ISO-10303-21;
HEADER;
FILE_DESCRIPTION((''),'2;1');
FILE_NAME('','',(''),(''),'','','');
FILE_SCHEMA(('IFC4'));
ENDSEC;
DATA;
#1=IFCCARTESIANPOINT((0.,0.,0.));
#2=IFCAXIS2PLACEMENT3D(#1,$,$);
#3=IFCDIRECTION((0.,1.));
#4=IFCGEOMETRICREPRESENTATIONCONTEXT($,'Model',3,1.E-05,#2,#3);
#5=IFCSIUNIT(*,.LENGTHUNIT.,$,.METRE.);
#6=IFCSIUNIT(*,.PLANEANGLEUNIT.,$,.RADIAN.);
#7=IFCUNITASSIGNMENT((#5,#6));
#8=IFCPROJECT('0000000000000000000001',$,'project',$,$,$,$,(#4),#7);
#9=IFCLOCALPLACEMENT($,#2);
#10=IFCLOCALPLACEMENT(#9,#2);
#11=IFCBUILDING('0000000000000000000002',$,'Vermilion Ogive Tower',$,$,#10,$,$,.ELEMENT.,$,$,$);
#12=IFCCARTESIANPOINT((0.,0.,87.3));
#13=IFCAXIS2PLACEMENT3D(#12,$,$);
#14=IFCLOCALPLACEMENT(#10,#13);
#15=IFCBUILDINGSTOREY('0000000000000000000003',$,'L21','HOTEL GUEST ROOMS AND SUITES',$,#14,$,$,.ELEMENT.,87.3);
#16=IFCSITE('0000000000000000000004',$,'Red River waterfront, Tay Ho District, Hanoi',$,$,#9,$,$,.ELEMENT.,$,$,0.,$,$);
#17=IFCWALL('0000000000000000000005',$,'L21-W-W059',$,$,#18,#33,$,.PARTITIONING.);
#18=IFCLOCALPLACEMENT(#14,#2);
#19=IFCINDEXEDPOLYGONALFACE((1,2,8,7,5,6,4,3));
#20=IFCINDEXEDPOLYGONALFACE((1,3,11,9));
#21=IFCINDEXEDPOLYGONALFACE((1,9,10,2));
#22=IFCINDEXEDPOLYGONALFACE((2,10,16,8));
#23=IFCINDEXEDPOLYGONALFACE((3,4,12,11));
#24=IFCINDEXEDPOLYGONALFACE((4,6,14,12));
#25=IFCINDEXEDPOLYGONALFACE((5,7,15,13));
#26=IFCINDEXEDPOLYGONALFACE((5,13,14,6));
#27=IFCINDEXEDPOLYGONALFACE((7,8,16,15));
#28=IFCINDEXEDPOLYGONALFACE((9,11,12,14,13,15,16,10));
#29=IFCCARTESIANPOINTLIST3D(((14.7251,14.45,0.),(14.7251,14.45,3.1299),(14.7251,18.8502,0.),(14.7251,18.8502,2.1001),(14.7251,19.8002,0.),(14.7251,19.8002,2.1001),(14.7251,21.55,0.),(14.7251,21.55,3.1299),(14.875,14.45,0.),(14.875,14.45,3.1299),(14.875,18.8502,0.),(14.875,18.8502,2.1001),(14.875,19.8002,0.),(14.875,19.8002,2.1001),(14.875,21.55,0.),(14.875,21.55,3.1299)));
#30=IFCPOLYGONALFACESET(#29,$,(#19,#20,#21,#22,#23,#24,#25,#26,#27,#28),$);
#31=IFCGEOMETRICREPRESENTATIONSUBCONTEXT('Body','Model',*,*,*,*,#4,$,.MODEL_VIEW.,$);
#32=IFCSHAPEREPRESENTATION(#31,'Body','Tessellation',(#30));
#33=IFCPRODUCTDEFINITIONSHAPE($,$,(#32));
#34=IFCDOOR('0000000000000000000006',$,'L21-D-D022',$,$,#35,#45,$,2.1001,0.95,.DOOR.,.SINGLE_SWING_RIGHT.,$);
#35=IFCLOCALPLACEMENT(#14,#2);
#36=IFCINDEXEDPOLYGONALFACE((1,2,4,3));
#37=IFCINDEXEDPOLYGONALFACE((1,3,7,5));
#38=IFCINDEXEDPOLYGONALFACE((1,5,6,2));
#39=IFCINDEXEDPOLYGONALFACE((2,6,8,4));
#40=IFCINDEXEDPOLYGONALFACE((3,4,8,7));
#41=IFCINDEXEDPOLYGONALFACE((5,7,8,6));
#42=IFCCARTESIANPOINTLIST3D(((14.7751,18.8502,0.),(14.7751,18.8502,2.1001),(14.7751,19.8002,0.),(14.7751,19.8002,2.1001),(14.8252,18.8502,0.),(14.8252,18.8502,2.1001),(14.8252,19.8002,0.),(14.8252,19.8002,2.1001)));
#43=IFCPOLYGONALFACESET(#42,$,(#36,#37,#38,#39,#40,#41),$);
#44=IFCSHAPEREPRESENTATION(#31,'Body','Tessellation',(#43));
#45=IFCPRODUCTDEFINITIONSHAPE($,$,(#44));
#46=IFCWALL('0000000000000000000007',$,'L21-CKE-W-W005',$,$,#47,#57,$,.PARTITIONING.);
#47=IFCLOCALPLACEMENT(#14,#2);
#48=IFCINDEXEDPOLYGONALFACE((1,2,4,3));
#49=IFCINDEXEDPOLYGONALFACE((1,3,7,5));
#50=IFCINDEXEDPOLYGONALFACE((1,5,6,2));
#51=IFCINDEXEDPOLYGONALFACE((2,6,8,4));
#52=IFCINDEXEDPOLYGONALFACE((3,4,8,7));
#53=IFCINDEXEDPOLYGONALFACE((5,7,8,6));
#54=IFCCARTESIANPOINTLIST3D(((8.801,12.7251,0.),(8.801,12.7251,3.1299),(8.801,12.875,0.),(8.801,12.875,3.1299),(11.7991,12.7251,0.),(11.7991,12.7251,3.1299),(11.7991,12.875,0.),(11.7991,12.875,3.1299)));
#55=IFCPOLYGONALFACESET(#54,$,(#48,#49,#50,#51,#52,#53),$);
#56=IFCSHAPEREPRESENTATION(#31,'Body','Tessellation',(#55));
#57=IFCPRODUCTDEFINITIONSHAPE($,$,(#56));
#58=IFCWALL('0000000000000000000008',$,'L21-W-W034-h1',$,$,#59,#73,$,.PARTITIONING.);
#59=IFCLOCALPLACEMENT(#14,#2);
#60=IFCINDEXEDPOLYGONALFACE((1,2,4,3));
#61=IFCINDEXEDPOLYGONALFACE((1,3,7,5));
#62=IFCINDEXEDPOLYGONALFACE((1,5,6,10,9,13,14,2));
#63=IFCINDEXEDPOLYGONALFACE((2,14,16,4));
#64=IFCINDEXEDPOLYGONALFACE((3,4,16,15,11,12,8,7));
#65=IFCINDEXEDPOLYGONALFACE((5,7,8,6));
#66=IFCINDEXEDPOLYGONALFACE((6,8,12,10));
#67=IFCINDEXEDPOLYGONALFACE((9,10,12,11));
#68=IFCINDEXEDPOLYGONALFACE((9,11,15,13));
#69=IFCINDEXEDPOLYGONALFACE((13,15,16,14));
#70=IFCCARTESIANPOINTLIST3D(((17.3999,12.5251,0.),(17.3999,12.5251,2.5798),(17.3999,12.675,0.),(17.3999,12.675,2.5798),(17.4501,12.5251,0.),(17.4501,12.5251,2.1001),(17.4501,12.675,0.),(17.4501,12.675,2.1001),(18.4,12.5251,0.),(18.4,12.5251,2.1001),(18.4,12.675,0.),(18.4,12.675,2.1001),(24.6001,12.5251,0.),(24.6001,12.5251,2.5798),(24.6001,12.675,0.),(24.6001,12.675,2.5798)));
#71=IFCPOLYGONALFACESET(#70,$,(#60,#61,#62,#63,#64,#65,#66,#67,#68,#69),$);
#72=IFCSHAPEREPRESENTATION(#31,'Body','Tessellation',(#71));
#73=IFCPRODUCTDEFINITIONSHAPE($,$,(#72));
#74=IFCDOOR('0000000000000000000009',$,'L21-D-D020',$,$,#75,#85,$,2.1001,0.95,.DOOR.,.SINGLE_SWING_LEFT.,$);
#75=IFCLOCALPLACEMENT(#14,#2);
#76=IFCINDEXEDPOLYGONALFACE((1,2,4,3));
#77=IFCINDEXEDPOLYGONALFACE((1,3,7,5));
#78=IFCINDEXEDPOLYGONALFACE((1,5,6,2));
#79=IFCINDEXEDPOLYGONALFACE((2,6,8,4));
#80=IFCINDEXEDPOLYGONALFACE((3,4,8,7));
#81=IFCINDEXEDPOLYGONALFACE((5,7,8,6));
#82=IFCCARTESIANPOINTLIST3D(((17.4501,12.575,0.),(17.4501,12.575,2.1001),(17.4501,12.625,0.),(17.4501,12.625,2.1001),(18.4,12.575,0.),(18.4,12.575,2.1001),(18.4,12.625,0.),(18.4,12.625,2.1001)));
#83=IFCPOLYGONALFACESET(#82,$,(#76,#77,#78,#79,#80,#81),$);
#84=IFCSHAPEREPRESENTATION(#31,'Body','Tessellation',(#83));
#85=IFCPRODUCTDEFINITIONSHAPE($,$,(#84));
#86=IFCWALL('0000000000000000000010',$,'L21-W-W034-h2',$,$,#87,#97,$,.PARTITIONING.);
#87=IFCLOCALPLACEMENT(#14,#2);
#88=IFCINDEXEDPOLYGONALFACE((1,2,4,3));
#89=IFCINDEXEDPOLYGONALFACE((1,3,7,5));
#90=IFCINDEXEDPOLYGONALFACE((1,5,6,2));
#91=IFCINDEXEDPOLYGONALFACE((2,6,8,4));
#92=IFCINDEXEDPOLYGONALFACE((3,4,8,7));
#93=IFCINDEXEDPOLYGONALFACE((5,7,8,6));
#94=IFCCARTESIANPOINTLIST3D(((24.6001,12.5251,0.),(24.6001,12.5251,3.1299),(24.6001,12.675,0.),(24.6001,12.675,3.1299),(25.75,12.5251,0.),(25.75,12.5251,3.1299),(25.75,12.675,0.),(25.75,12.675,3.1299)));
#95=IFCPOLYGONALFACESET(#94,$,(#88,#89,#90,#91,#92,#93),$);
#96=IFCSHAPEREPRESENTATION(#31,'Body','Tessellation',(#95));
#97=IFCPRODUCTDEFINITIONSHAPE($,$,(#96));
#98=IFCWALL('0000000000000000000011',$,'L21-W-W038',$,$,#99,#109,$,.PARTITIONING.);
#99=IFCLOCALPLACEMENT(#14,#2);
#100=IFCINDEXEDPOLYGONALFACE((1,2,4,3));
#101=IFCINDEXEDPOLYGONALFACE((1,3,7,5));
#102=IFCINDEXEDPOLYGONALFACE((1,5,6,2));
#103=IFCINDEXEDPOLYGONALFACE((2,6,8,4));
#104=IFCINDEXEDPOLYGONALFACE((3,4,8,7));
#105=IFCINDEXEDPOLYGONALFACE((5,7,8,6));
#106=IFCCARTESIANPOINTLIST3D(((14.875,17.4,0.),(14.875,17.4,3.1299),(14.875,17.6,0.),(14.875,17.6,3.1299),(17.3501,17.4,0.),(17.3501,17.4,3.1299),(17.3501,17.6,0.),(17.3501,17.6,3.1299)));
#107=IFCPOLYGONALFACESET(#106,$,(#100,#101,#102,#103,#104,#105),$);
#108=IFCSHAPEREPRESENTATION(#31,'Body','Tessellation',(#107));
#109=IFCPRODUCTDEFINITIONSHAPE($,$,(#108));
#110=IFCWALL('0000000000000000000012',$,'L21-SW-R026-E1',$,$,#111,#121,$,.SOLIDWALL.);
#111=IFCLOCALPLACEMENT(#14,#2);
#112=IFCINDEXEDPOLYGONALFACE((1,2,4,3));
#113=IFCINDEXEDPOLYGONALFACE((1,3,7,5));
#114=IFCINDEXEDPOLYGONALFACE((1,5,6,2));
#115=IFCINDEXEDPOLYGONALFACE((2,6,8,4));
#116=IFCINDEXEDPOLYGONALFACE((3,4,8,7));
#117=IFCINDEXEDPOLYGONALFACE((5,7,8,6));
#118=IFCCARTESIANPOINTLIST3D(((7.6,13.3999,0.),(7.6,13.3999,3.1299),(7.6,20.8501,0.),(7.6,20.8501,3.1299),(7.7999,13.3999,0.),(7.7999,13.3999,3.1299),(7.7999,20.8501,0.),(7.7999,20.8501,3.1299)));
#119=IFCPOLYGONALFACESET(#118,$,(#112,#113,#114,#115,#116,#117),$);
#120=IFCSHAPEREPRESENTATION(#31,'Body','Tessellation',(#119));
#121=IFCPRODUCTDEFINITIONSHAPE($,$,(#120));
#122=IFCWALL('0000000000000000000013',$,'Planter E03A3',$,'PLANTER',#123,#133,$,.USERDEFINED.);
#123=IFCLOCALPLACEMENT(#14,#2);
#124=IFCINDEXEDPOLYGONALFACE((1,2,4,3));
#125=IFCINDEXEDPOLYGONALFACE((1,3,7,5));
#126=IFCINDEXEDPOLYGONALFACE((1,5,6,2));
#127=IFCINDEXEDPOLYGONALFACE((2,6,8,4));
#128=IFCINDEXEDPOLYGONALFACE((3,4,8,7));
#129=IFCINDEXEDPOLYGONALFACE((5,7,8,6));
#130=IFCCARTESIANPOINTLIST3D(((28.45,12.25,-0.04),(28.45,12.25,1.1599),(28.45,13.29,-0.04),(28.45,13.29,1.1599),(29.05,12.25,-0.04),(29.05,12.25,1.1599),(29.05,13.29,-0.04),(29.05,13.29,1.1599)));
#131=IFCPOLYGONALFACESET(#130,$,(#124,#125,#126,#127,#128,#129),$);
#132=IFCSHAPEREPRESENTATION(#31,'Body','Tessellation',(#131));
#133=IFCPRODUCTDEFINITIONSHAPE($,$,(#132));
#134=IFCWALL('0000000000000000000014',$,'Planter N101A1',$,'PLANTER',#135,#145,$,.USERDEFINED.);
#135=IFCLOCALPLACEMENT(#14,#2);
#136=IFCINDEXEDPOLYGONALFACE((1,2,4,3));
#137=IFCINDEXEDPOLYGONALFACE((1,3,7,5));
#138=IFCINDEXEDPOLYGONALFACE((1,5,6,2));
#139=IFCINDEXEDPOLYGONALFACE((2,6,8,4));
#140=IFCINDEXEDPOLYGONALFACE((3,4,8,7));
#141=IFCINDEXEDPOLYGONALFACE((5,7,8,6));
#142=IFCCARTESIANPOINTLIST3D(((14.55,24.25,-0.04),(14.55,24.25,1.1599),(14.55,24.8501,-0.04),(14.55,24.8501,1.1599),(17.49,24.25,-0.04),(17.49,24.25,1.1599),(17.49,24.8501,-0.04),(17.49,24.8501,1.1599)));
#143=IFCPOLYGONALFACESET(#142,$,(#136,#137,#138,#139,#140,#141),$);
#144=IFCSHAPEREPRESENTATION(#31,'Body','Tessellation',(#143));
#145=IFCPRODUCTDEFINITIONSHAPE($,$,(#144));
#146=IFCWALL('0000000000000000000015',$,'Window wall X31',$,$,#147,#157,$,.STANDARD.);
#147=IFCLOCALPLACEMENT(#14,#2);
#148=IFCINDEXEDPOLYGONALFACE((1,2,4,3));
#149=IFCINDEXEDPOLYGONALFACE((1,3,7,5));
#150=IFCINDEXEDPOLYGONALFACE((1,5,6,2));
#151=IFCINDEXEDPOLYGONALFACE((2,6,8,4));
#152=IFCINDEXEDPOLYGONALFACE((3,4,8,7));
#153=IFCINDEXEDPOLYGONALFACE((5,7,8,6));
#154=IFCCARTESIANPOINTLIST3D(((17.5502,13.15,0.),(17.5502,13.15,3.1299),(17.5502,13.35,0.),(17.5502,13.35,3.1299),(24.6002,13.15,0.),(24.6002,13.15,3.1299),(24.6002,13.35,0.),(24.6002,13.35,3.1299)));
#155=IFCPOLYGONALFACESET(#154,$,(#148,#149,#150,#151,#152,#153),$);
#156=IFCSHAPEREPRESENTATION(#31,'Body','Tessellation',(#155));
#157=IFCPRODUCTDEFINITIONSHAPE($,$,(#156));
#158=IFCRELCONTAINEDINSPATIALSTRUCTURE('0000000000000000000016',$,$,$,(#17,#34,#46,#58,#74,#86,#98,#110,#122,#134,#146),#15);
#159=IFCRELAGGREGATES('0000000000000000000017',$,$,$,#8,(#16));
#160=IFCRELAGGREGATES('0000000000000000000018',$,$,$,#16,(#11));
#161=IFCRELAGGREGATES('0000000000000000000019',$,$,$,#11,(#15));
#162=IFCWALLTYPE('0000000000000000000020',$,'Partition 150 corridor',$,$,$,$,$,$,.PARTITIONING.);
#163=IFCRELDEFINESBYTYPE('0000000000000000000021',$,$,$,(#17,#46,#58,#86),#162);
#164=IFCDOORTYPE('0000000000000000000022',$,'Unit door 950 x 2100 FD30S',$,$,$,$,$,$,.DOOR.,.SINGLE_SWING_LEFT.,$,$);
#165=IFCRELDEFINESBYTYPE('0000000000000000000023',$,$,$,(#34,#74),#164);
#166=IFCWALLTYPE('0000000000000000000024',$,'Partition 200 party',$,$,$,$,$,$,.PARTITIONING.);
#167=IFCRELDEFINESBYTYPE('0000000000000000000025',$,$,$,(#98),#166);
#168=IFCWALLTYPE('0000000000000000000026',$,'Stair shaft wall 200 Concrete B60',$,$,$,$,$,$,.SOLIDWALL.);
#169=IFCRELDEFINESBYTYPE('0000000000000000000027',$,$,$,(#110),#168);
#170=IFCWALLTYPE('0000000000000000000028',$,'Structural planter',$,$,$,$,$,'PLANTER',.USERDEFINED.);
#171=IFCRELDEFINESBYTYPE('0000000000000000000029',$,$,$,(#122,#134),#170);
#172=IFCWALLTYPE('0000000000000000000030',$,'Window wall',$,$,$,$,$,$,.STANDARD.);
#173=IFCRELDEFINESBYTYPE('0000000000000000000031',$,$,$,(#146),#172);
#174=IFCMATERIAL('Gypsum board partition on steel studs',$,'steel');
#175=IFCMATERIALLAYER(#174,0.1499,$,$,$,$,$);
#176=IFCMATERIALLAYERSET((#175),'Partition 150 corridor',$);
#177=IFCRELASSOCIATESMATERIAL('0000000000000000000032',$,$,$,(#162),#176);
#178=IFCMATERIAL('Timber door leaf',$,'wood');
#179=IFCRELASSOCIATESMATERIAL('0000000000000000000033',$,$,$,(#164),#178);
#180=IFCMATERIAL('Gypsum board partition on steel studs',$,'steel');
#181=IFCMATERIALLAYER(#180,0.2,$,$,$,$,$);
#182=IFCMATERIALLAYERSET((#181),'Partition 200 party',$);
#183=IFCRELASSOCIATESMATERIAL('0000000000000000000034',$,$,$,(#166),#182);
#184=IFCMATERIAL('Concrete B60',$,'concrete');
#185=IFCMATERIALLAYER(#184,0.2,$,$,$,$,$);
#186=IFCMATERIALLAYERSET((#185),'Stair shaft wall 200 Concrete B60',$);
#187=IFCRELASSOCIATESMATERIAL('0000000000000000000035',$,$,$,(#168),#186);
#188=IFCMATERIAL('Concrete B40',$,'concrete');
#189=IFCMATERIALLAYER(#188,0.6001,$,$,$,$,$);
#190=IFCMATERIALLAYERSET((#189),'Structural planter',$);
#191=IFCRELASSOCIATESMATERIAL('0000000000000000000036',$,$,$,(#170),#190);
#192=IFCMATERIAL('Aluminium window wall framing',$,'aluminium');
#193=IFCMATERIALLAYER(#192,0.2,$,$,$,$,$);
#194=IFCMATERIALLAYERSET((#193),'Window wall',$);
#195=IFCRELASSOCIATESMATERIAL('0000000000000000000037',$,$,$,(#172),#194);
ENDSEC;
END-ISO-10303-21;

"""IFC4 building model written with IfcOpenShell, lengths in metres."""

from ifc_helpers import new_model, si_unit, direction, frame, frame_2d, origin, place, context, subcontext, project, spatial, rectangle, extrude, material, layer, layer_set, type_object, element, fill, save


model = new_model("IFC4")

# Units and contexts
model_context = context("Model", 3, precision=1e-05, world=origin(), true_north=direction((0.0, 1.0)))
body_context = subcontext(model_context, "Body", "Model", "MODEL_VIEW")
ifc_project = project(units=[si_unit("LENGTHUNIT", "METRE"), si_unit("PLANEANGLEUNIT", "RADIAN")], contexts=[model_context])

# Site, building, storey
site_placement = place(None, origin())
site = spatial("IfcSite", under=ifc_project, at=site_placement, Name="Red River waterfront, Tay Ho District, Hanoi", CompositionType="ELEMENT", RefElevation=0.0)
building_placement = place(site_placement, origin())
building = spatial("IfcBuilding", under=site, at=building_placement, Name="Vermilion Ogive Tower", CompositionType="ELEMENT")
storey_placement = place(building_placement, frame((0.0, 0.0, 87.3)))
storey = spatial("IfcBuildingStorey", under=building, at=storey_placement, Name="L21", Description="HOTEL GUEST ROOMS AND SUITES", CompositionType="ELEMENT", Elevation=87.3)

# Shared definitions
ifc_material_1 = material(Name="Gypsum board partition on steel studs", Category="steel")
ifc_layer_1 = layer(ifc_material_1, 0.1499)
ifc_layer_set_1 = layer_set([ifc_layer_1], Name="Partition 150 corridor")
wall_type_1 = type_object("IfcWallType", Name="Partition 150 corridor", PredefinedType="PARTITIONING", material=ifc_layer_set_1)

# Wall, opening, door
wall_1_placement = place(storey_placement, frame((14.8, 14.45, 0.0), z_axis=(0.0, 0.0, 1.0), x_axis=(0.0, 1.0, 0.0)))
wall_1 = element("IfcWall", 1, at=wall_1_placement, inside=storey, type_object=wall_type_1, Name="L21-W-W059", PredefinedType="PARTITIONING", context=body_context, shape_type="SweptSolid", body=[
    extrude(rectangle(XDim=7.1001, YDim=0.1499, at=frame_2d((3.55, 0.0))), origin(), (0.0, 0.0, 1.0), 3.1299),
])
opening_1_placement = place(wall_1_placement, frame((4.4001, 0.0, 0.0)))
opening_1 = element("IfcOpeningElement", 2, at=opening_1_placement, cuts=wall_1, PredefinedType="OPENING", context=body_context, shape_type="SweptSolid", body=[
    extrude(rectangle(XDim=0.95, YDim=2.1001, at=frame_2d((0.4751, 1.05))), frame((0.0, 0.085, 0.0), z_axis=(0.0, -1.0, 0.0), x_axis=(1.0, 0.0, 0.0)), (0.0, 0.0, 1.0), 0.1699),
])
ifc_material_2 = material(Name="Timber door leaf", Category="wood")
door_type_1 = type_object("IfcDoorType", Name="Unit door 950 x 2100 FD30S", OperationType="SINGLE_SWING_LEFT", PredefinedType="DOOR", material=ifc_material_2)
door_1_placement = place(opening_1_placement, origin())
door_1 = element("IfcDoor", 3, at=door_1_placement, inside=storey, type_object=door_type_1, Name="L21-D-D022", OperationType="SINGLE_SWING_RIGHT", OverallHeight=2.1001, OverallWidth=0.95, PredefinedType="DOOR", context=body_context, shape_type="SweptSolid", body=[
    extrude(rectangle(XDim=0.95, YDim=2.1001, at=frame_2d((0.4751, 1.05))), frame((0.0, 0.0249, 0.0), z_axis=(0.0, -1.0, 0.0), x_axis=(1.0, 0.0, 0.0)), (0.0, 0.0, 1.0), 0.05),
])
fill(opening_1, door_1)

# Wall
wall_2_placement = place(storey_placement, frame((8.801, 12.8, 0.0), z_axis=(0.0, 0.0, 1.0), x_axis=(1.0, 0.0, 0.0)))
element("IfcWall", 4, at=wall_2_placement, inside=storey, type_object=wall_type_1, Name="L21-CKE-W-W005", PredefinedType="PARTITIONING", context=body_context, shape_type="SweptSolid", body=[
    extrude(rectangle(XDim=2.998, YDim=0.1499, at=frame_2d((1.499, 0.0))), origin(), (0.0, 0.0, 1.0), 3.1299),
])

# Wall, opening, door
wall_3_placement = place(storey_placement, frame((17.3999, 12.6001, 0.0), z_axis=(0.0, 0.0, 1.0), x_axis=(1.0, 0.0, 0.0)))
wall_3 = element("IfcWall", 5, at=wall_3_placement, inside=storey, type_object=wall_type_1, Name="L21-W-W034-h1", PredefinedType="PARTITIONING", context=body_context, shape_type="SweptSolid", body=[
    extrude(rectangle(XDim=7.2002, YDim=0.1499, at=frame_2d((3.6001, 0.0))), origin(), (0.0, 0.0, 1.0), 2.5798),
])
opening_2_placement = place(wall_3_placement, frame((0.05, 0.0, 0.0)))
opening_2 = element("IfcOpeningElement", 6, at=opening_2_placement, cuts=wall_3, PredefinedType="OPENING", context=body_context, shape_type="SweptSolid", body=[
    extrude(rectangle(XDim=0.95, YDim=2.1001, at=frame_2d((0.4751, 1.05))), frame((0.0, 0.085, 0.0), z_axis=(0.0, -1.0, 0.0), x_axis=(1.0, 0.0, 0.0)), (0.0, 0.0, 1.0), 0.1699),
])
door_2_placement = place(opening_2_placement, origin())
door_2 = element("IfcDoor", 7, at=door_2_placement, inside=storey, type_object=door_type_1, Name="L21-D-D020", OperationType="SINGLE_SWING_LEFT", OverallHeight=2.1001, OverallWidth=0.95, PredefinedType="DOOR", context=body_context, shape_type="SweptSolid", body=[
    extrude(rectangle(XDim=0.95, YDim=2.1001, at=frame_2d((0.4751, 1.05))), frame((0.0, 0.0249, 0.0), z_axis=(0.0, -1.0, 0.0), x_axis=(1.0, 0.0, 0.0)), (0.0, 0.0, 1.0), 0.05),
])
fill(opening_2, door_2)

# Walls
wall_4_placement = place(storey_placement, frame((24.6001, 12.6001, 0.0), z_axis=(0.0, 0.0, 1.0), x_axis=(1.0, 0.0, 0.0)))
element("IfcWall", 8, at=wall_4_placement, inside=storey, type_object=wall_type_1, Name="L21-W-W034-h2", PredefinedType="PARTITIONING", context=body_context, shape_type="SweptSolid", body=[
    extrude(rectangle(XDim=1.1499, YDim=0.1499, at=frame_2d((0.575, 0.0))), origin(), (0.0, 0.0, 1.0), 3.1299),
])
ifc_material_3 = material(Name="Gypsum board partition on steel studs", Category="steel")
ifc_layer_2 = layer(ifc_material_3, 0.2)
ifc_layer_set_2 = layer_set([ifc_layer_2], Name="Partition 200 party")
wall_type_2 = type_object("IfcWallType", Name="Partition 200 party", PredefinedType="PARTITIONING", material=ifc_layer_set_2)
wall_5_placement = place(storey_placement, frame((14.875, 17.5, 0.0), z_axis=(0.0, 0.0, 1.0), x_axis=(1.0, 0.0, 0.0)))
element("IfcWall", 9, at=wall_5_placement, inside=storey, type_object=wall_type_2, Name="L21-W-W038", PredefinedType="PARTITIONING", context=body_context, shape_type="SweptSolid", body=[
    extrude(rectangle(XDim=2.4751, YDim=0.2, at=frame_2d((1.2375, 0.0))), origin(), (0.0, 0.0, 1.0), 3.1299),
])
ifc_material_4 = material(Name="Concrete B60", Category="concrete")
ifc_layer_3 = layer(ifc_material_4, 0.2)
ifc_layer_set_3 = layer_set([ifc_layer_3], Name="Stair shaft wall 200 Concrete B60")
wall_type_3 = type_object("IfcWallType", Name="Stair shaft wall 200 Concrete B60", PredefinedType="SOLIDWALL", material=ifc_layer_set_3)
wall_6_placement = place(storey_placement, frame((7.7, 13.3999, 0.0), z_axis=(0.0, 0.0, 1.0), x_axis=(0.0, 1.0, 0.0)))
element("IfcWall", 10, at=wall_6_placement, inside=storey, type_object=wall_type_3, Name="L21-SW-R026-E1", PredefinedType="SOLIDWALL", context=body_context, shape_type="SweptSolid", body=[
    extrude(rectangle(XDim=7.4502, YDim=0.2, at=frame_2d((3.7251, 0.0))), origin(), (0.0, 0.0, 1.0), 3.1299),
])
ifc_material_5 = material(Name="Concrete B40", Category="concrete")
ifc_layer_4 = layer(ifc_material_5, 0.6001)
ifc_layer_set_4 = layer_set([ifc_layer_4], Name="Structural planter")
wall_type_4 = type_object("IfcWallType", Name="Structural planter", ElementType="PLANTER", PredefinedType="USERDEFINED", material=ifc_layer_set_4)
wall_7_placement = place(storey_placement, frame((28.75, 12.25, -0.04), z_axis=(0.0, 0.0, 1.0), x_axis=(0.0, 1.0, 0.0)))
element("IfcWall", 11, at=wall_7_placement, inside=storey, type_object=wall_type_4, Name="Planter E03A3", ObjectType="PLANTER", PredefinedType="USERDEFINED", context=body_context, shape_type="SweptSolid", body=[
    extrude(rectangle(XDim=1.04, YDim=0.6001, at=frame_2d((0.52, 0.0))), origin(), (0.0, 0.0, 1.0), 1.2),
])
wall_8_placement = place(storey_placement, frame((17.49, 24.55, -0.04), z_axis=(0.0, 0.0, 1.0), x_axis=(-1.0, 0.0, 0.0)))
element("IfcWall", 12, at=wall_8_placement, inside=storey, type_object=wall_type_4, Name="Planter N101A1", ObjectType="PLANTER", PredefinedType="USERDEFINED", context=body_context, shape_type="SweptSolid", body=[
    extrude(rectangle(XDim=2.9399, YDim=0.6001, at=frame_2d((1.47, 0.0))), origin(), (0.0, 0.0, 1.0), 1.2),
])
ifc_material_6 = material(Name="Aluminium window wall framing", Category="aluminium")
ifc_layer_5 = layer(ifc_material_6, 0.2)
ifc_layer_set_5 = layer_set([ifc_layer_5], Name="Window wall")
wall_type_5 = type_object("IfcWallType", Name="Window wall", PredefinedType="STANDARD", material=ifc_layer_set_5)
wall_9_placement = place(storey_placement, frame((24.6001, 13.25, 0.0), z_axis=(0.0, 0.0, 1.0), x_axis=(-1.0, 0.0, 0.0)))
element("IfcWall", 13, at=wall_9_placement, inside=storey, type_object=wall_type_5, Name="Window wall X31", PredefinedType="STANDARD", context=body_context, shape_type="SweptSolid", body=[
    extrude(rectangle(XDim=7.05, YDim=0.2, at=frame_2d((3.5249, 0.0))), origin(), (0.0, 0.0, 1.0), 3.1299),
])

save(model, "model.ifc")
